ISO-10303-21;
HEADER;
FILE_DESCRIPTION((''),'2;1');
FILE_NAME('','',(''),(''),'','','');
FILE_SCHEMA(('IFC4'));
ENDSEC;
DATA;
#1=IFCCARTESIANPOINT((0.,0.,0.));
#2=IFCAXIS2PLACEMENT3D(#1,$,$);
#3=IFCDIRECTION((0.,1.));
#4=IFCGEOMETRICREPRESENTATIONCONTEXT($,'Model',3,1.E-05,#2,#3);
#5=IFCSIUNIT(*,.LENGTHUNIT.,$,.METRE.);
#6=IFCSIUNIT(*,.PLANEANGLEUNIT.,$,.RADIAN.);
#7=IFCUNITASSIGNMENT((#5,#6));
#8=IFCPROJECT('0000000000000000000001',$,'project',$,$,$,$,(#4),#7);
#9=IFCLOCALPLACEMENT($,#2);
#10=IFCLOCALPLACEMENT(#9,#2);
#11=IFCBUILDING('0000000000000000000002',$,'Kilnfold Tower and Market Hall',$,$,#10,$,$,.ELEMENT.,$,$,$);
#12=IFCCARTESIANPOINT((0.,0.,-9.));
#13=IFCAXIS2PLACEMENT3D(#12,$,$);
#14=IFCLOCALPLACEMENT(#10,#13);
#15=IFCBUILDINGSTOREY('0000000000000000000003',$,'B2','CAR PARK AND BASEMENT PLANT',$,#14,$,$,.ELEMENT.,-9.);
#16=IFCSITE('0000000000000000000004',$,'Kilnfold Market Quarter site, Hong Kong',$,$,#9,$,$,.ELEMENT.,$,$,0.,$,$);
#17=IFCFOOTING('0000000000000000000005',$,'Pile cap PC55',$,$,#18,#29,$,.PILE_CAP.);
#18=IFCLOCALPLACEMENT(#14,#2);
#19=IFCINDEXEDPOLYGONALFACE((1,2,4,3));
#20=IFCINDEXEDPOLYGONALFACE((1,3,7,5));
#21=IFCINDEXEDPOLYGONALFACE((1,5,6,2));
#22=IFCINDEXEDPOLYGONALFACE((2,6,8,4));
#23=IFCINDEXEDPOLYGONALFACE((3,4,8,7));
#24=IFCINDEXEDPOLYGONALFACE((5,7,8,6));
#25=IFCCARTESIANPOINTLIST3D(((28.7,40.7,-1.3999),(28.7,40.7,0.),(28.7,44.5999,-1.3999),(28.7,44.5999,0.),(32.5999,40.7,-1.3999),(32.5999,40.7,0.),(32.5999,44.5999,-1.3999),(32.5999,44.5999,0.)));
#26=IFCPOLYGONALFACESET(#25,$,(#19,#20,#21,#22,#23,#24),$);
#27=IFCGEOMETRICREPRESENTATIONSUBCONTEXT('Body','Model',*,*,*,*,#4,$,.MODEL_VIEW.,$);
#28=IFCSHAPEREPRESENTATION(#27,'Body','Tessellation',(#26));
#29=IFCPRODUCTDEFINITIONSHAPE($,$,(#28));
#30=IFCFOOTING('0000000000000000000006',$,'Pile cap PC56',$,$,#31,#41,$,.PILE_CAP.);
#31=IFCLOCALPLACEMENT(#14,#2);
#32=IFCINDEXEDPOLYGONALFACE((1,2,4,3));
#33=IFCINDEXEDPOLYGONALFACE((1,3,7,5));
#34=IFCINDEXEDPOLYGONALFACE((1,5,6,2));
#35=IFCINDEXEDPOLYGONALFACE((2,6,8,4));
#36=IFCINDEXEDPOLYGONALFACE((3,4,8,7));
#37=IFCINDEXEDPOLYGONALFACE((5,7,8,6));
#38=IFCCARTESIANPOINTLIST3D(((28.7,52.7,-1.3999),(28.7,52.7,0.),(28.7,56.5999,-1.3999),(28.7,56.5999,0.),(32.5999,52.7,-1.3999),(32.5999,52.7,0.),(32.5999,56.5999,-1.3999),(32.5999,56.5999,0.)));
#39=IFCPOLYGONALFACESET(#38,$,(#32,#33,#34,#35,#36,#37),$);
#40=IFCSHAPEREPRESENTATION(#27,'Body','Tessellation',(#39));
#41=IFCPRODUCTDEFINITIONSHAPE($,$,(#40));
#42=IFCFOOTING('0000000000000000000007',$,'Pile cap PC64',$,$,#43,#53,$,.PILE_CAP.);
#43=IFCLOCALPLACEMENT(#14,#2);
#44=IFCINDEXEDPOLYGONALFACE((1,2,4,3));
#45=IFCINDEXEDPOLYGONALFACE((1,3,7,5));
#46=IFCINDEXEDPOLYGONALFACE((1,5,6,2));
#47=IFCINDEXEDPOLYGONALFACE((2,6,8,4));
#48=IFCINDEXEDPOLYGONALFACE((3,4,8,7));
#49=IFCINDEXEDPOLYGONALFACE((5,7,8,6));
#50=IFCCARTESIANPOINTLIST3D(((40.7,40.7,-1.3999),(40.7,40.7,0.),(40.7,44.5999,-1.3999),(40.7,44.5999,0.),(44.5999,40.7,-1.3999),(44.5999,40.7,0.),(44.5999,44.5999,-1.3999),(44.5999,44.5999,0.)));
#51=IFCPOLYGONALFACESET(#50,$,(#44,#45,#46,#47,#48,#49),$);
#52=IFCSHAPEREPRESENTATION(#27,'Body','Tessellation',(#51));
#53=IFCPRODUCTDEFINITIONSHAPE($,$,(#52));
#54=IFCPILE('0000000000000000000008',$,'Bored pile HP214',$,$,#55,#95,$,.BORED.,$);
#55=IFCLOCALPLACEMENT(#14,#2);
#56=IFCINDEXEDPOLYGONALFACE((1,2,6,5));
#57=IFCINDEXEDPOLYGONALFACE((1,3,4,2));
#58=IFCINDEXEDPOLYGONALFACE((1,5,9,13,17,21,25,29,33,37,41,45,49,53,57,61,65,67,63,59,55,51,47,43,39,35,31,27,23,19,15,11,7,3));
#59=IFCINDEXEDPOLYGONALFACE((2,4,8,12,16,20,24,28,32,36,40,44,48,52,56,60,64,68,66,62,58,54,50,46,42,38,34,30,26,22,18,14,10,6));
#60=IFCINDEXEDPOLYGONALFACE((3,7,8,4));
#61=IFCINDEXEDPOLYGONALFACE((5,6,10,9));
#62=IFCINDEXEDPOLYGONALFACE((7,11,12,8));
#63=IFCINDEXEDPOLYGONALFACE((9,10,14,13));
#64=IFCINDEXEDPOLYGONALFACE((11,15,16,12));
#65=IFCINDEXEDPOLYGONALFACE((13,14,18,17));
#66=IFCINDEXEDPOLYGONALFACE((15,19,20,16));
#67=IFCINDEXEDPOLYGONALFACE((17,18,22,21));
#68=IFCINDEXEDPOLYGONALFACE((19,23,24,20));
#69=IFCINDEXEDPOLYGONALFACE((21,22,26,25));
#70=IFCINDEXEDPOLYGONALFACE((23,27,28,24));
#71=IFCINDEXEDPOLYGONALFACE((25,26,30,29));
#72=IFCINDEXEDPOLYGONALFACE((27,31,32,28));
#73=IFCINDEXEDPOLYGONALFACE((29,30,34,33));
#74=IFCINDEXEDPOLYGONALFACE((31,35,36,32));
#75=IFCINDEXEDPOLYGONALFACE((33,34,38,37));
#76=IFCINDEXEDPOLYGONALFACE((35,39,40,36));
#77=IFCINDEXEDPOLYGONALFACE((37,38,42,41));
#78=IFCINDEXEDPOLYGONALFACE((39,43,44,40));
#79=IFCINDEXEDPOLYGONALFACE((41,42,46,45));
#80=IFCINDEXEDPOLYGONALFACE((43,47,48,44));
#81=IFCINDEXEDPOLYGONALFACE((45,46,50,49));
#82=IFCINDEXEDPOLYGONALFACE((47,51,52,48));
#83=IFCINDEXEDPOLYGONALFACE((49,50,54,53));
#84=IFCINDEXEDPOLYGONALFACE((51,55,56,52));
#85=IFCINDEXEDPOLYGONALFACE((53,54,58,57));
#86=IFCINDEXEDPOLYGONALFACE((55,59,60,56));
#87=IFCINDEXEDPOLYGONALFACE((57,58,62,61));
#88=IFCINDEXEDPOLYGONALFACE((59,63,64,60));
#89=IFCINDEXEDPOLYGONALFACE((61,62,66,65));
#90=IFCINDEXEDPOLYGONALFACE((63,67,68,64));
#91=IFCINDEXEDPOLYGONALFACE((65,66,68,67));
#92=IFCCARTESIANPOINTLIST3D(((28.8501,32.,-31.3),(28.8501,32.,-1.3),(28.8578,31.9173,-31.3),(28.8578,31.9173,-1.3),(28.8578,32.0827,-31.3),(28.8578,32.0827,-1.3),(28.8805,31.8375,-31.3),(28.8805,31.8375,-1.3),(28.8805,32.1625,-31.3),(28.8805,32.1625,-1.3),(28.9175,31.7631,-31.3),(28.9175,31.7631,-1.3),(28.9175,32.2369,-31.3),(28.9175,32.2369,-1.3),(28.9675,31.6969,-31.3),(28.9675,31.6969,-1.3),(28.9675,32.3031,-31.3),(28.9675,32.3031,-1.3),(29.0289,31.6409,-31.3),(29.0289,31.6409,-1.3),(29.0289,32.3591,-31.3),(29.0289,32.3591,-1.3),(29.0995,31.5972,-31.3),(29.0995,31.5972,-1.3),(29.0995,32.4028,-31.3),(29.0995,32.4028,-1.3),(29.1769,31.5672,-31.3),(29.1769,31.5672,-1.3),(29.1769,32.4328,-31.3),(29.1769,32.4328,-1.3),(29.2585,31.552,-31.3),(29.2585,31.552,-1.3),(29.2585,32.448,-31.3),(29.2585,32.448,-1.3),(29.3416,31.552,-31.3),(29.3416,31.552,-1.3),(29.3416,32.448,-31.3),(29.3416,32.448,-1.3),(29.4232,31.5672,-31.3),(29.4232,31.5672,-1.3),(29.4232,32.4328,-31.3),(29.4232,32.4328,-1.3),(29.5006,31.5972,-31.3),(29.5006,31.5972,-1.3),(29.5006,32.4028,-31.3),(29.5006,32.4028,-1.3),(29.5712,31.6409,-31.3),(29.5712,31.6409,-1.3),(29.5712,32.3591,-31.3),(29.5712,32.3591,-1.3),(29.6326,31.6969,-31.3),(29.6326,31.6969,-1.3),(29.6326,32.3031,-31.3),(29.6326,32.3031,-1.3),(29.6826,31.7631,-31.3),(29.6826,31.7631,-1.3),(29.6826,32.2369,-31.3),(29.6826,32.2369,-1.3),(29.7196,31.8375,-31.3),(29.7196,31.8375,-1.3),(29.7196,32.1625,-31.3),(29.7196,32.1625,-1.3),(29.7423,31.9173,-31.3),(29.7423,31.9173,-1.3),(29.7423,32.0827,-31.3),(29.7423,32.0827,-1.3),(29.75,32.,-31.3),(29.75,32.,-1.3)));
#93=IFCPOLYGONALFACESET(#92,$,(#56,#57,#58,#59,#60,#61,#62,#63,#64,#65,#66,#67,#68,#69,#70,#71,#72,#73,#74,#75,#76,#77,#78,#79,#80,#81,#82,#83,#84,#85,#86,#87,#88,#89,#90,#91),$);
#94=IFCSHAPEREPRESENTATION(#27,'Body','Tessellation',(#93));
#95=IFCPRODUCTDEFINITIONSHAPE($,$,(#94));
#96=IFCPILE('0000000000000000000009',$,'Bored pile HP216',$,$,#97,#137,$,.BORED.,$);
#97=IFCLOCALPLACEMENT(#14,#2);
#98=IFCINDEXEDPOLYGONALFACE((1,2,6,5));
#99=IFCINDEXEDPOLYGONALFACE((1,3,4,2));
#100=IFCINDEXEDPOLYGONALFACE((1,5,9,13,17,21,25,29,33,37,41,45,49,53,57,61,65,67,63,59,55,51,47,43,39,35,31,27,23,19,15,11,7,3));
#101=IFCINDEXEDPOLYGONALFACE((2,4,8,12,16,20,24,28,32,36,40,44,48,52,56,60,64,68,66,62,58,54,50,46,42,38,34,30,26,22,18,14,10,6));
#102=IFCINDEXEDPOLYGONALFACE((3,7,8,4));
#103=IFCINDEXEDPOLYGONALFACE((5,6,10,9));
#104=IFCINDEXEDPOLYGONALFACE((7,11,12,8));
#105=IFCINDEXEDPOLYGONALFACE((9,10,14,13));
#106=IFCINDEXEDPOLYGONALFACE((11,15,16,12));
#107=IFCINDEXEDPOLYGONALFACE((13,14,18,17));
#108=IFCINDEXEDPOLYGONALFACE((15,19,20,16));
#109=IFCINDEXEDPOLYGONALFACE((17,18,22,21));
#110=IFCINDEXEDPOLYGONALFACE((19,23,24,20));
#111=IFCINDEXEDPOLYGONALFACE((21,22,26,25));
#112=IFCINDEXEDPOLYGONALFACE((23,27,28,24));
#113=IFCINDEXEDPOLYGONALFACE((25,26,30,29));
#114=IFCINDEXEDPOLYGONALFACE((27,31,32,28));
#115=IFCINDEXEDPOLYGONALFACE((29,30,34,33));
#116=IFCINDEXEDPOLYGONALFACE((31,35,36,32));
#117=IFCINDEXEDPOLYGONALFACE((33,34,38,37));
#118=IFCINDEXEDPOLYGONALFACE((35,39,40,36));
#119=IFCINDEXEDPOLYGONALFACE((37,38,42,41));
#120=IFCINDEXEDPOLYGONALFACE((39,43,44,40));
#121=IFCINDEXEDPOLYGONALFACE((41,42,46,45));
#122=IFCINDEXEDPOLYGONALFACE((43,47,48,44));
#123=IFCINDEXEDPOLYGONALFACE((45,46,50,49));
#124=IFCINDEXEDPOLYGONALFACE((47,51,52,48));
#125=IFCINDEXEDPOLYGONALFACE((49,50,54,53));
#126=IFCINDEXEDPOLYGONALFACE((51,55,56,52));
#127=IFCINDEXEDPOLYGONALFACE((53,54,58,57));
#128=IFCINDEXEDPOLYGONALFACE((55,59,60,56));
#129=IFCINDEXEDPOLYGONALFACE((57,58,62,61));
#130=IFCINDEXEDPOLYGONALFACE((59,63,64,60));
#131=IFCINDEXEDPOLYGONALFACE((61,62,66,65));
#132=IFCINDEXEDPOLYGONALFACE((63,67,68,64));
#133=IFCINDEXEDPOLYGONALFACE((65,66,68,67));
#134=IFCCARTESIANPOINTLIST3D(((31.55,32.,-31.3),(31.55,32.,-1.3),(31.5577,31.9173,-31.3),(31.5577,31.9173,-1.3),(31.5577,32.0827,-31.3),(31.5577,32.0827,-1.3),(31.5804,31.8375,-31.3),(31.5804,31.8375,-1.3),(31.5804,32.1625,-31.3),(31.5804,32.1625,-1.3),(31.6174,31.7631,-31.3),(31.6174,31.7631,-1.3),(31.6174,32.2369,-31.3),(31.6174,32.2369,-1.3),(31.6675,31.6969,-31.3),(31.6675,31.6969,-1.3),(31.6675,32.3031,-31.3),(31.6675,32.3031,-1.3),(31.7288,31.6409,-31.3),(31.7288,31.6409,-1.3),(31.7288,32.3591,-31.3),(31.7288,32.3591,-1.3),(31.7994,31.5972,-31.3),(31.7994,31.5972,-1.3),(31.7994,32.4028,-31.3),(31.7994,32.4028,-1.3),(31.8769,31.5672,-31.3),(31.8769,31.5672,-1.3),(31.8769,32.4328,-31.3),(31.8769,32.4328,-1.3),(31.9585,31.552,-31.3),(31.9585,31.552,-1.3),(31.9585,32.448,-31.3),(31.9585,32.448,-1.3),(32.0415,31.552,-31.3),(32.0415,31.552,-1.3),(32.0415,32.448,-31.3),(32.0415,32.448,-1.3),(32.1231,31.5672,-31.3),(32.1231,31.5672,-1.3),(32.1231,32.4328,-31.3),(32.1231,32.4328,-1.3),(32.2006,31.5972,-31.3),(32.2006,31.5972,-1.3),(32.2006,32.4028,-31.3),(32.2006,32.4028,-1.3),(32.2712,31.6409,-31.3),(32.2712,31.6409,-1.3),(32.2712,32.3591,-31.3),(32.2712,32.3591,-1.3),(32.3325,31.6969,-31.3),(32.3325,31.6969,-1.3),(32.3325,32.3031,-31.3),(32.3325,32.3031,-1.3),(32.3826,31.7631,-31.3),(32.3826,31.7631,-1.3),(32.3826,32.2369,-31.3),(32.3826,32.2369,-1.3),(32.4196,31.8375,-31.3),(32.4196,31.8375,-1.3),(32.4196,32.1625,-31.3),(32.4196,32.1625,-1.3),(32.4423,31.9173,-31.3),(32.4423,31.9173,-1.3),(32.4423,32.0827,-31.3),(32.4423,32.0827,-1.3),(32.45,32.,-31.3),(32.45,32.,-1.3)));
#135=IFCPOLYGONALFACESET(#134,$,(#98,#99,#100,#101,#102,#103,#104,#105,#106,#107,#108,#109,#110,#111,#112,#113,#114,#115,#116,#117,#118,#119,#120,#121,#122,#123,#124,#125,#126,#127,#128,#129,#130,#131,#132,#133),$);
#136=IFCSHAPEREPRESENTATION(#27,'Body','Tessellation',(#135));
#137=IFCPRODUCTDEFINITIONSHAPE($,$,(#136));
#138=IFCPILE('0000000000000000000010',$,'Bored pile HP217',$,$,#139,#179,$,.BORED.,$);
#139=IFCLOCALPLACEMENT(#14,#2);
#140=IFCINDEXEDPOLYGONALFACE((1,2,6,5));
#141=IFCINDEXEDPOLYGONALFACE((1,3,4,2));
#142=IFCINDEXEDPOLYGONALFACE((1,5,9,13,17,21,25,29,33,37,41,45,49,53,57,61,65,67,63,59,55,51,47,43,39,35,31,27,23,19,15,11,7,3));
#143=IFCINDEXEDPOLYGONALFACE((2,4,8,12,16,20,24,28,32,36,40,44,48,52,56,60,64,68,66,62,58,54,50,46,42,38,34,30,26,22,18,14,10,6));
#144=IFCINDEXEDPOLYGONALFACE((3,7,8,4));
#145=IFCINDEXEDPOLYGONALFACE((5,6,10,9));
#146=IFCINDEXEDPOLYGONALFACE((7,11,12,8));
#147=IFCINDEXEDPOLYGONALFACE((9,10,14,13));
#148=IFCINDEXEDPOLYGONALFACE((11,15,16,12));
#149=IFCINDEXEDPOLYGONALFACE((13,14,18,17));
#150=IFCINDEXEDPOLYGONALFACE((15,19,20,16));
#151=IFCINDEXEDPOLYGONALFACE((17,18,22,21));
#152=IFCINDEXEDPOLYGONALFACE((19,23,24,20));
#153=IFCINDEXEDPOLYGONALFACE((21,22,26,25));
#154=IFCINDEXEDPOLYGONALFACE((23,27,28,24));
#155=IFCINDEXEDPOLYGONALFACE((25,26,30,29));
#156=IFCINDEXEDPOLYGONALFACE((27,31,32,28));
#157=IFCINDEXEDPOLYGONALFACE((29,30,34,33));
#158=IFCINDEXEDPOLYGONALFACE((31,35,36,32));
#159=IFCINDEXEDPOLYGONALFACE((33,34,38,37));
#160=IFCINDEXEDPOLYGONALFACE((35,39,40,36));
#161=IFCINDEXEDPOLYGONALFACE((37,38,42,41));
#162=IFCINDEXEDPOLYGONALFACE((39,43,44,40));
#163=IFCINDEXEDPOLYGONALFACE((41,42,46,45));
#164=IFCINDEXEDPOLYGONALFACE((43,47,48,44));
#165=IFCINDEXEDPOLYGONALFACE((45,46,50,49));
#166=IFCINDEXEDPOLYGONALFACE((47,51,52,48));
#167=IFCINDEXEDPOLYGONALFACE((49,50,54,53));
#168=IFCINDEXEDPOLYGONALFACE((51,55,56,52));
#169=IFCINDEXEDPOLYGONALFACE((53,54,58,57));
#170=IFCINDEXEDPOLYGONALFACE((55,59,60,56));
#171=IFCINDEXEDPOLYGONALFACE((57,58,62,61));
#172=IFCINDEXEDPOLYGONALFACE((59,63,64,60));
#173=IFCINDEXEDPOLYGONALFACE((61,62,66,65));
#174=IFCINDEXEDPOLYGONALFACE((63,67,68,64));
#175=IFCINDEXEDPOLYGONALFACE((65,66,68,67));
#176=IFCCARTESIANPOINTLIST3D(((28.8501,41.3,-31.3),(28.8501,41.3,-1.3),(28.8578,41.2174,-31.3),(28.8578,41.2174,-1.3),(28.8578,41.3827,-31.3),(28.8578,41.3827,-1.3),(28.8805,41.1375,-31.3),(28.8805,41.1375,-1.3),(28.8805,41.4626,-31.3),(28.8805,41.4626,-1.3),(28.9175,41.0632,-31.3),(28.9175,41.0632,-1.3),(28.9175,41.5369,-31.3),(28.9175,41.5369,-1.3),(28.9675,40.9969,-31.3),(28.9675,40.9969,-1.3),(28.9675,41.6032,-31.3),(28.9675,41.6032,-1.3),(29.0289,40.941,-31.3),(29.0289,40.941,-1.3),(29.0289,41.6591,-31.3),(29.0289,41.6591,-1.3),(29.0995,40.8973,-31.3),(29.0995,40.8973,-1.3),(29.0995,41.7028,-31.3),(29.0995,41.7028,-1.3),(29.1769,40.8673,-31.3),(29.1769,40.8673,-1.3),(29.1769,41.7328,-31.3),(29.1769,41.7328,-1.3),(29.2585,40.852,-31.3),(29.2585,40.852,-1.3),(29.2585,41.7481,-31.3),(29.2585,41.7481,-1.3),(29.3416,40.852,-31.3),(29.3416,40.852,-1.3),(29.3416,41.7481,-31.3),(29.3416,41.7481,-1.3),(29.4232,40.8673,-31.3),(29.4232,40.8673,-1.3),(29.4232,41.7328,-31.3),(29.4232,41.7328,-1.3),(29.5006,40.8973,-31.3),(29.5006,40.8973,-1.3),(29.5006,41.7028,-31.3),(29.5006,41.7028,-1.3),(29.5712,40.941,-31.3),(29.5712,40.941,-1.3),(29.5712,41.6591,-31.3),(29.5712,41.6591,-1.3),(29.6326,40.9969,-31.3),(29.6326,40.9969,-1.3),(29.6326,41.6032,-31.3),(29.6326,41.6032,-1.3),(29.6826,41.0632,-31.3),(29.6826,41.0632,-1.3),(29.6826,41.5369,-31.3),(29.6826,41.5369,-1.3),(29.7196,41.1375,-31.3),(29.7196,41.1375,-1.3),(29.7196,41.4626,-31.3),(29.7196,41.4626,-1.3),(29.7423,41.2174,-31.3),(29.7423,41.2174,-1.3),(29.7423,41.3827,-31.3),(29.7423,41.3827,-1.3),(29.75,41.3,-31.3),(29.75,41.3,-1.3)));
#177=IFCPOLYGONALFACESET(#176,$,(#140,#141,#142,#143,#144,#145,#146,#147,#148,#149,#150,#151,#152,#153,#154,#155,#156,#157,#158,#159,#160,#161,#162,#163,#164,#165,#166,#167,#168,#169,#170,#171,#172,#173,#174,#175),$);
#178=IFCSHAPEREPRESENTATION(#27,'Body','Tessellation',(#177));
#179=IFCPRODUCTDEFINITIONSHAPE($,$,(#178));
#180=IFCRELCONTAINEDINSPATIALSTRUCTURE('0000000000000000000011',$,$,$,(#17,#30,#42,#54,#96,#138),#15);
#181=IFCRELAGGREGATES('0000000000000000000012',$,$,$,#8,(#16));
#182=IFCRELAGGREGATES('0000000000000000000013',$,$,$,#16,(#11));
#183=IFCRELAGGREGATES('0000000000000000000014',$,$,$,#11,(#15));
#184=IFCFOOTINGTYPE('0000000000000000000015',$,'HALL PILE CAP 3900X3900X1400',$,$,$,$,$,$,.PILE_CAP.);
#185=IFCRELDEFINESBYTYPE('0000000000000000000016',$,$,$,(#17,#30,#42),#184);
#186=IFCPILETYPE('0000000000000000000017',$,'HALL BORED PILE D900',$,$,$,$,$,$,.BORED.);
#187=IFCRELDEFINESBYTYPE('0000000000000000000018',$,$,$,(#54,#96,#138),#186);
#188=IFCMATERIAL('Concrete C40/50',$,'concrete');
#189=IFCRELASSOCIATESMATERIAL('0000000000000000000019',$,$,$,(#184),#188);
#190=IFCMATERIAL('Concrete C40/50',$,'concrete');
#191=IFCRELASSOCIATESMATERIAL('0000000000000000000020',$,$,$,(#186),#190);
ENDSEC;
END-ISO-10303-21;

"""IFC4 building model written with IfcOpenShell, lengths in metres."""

from ifc_helpers import new_model, si_unit, direction, frame, origin, origin_2d, place, context, subcontext, project, spatial, rectangle, circle, extrude, source, transform, mapped, material, material_profile, profile_set, type_object, element, save


model = new_model("IFC4")

# Units and contexts
model_context = context("Model", 3, precision=1e-05, world=origin(), true_north=direction((0.0, 1.0)))
body_context = subcontext(model_context, "Body", "Model", "MODEL_VIEW")
ifc_project = project(units=[si_unit("LENGTHUNIT", "METRE"), si_unit("PLANEANGLEUNIT", "RADIAN")], contexts=[model_context])

# Site, building, storey
site_placement = place(None, origin())
site = spatial("IfcSite", under=ifc_project, at=site_placement, Name="Kilnfold Market Quarter site, Hong Kong", CompositionType="ELEMENT", RefElevation=0.0)
building_placement = place(site_placement, origin())
building = spatial("IfcBuilding", under=site, at=building_placement, Name="Kilnfold Tower and Market Hall", CompositionType="ELEMENT")
storey_placement = place(building_placement, frame((0.0, 0.0, -9.0)))
storey = spatial("IfcBuildingStorey", under=building, at=storey_placement, Name="B2", Description="CAR PARK AND BASEMENT PLANT", CompositionType="ELEMENT", Elevation=-9.0)

# Footings
ifc_material_1 = material(Name="Concrete C40/50", Category="concrete")
footing_type = type_object("IfcFootingType", Name="HALL PILE CAP 3900X3900X1400", PredefinedType="PILE_CAP", material=ifc_material_1)
shared_shape_1 = source(origin(), body_context, "Body", "SweptSolid", [
    extrude(rectangle(XDim=3.8999, YDim=3.8999, at=origin_2d()), origin(), (0.0, 0.0, 1.0), 1.3999),
])
for number, where, z_axis, x_axis, name in (
    (1, (30.6499, 42.6499, -1.3999), (0.0, 0.0, 1.0), (1.0, 0.0, 0.0), "Pile cap PC55"),
    (2, (30.6499, 54.6499, -1.3999), (0.0, 0.0, 1.0), (1.0, 0.0, 0.0), "Pile cap PC56"),
    (3, (42.6499, 42.6499, -1.3999), (0.0, 0.0, 1.0), (1.0, 0.0, 0.0), "Pile cap PC64"),
):
    element("IfcFooting", number, at=place(storey_placement, frame(where, z_axis=z_axis, x_axis=x_axis)), inside=storey, type_object=footing_type, Name=name, PredefinedType="PILE_CAP", context=body_context, shape_type="MappedRepresentation", body=[
        mapped(shared_shape_1, transform((0.0, 0.0, 0.0))),
    ])

# Piles
ifc_material_2 = material(Name="Concrete C40/50", Category="concrete")
ifc_material_profile_1 = material_profile(ifc_material_2, circle(Radius=0.45, at=origin_2d()), Name="D900")
ifc_profile_set_1 = profile_set([ifc_material_profile_1], Name="Concrete C40/50")
pile_type = type_object("IfcPileType", Name="HALL BORED PILE D900", PredefinedType="BORED", material=ifc_profile_set_1)
shared_shape_2 = source(origin(), body_context, "Body", "SweptSolid", [
    extrude(circle(Radius=0.45, at=origin_2d()), origin(), (0.0, 0.0, 1.0), 30.0),
])
for number, where, z_axis, x_axis, name in (
    (4, (29.3, 32.0, -1.3), (0.0, 0.0, -1.0), (1.0, 0.0, 0.0), "Bored pile HP214"),
    (5, (32.0, 32.0, -1.3), (0.0, 0.0, -1.0), (1.0, 0.0, 0.0), "Bored pile HP216"),
    (6, (29.3, 41.3, -1.3), (0.0, 0.0, -1.0), (1.0, 0.0, 0.0), "Bored pile HP217"),
):
    element("IfcPile", number, at=place(storey_placement, frame(where, z_axis=z_axis, x_axis=x_axis)), inside=storey, type_object=pile_type, Name=name, PredefinedType="BORED", context=body_context, shape_type="MappedRepresentation", body=[
        mapped(shared_shape_2, transform((0.0, 0.0, 0.0))),
    ])

save(model, "model.ifc")
